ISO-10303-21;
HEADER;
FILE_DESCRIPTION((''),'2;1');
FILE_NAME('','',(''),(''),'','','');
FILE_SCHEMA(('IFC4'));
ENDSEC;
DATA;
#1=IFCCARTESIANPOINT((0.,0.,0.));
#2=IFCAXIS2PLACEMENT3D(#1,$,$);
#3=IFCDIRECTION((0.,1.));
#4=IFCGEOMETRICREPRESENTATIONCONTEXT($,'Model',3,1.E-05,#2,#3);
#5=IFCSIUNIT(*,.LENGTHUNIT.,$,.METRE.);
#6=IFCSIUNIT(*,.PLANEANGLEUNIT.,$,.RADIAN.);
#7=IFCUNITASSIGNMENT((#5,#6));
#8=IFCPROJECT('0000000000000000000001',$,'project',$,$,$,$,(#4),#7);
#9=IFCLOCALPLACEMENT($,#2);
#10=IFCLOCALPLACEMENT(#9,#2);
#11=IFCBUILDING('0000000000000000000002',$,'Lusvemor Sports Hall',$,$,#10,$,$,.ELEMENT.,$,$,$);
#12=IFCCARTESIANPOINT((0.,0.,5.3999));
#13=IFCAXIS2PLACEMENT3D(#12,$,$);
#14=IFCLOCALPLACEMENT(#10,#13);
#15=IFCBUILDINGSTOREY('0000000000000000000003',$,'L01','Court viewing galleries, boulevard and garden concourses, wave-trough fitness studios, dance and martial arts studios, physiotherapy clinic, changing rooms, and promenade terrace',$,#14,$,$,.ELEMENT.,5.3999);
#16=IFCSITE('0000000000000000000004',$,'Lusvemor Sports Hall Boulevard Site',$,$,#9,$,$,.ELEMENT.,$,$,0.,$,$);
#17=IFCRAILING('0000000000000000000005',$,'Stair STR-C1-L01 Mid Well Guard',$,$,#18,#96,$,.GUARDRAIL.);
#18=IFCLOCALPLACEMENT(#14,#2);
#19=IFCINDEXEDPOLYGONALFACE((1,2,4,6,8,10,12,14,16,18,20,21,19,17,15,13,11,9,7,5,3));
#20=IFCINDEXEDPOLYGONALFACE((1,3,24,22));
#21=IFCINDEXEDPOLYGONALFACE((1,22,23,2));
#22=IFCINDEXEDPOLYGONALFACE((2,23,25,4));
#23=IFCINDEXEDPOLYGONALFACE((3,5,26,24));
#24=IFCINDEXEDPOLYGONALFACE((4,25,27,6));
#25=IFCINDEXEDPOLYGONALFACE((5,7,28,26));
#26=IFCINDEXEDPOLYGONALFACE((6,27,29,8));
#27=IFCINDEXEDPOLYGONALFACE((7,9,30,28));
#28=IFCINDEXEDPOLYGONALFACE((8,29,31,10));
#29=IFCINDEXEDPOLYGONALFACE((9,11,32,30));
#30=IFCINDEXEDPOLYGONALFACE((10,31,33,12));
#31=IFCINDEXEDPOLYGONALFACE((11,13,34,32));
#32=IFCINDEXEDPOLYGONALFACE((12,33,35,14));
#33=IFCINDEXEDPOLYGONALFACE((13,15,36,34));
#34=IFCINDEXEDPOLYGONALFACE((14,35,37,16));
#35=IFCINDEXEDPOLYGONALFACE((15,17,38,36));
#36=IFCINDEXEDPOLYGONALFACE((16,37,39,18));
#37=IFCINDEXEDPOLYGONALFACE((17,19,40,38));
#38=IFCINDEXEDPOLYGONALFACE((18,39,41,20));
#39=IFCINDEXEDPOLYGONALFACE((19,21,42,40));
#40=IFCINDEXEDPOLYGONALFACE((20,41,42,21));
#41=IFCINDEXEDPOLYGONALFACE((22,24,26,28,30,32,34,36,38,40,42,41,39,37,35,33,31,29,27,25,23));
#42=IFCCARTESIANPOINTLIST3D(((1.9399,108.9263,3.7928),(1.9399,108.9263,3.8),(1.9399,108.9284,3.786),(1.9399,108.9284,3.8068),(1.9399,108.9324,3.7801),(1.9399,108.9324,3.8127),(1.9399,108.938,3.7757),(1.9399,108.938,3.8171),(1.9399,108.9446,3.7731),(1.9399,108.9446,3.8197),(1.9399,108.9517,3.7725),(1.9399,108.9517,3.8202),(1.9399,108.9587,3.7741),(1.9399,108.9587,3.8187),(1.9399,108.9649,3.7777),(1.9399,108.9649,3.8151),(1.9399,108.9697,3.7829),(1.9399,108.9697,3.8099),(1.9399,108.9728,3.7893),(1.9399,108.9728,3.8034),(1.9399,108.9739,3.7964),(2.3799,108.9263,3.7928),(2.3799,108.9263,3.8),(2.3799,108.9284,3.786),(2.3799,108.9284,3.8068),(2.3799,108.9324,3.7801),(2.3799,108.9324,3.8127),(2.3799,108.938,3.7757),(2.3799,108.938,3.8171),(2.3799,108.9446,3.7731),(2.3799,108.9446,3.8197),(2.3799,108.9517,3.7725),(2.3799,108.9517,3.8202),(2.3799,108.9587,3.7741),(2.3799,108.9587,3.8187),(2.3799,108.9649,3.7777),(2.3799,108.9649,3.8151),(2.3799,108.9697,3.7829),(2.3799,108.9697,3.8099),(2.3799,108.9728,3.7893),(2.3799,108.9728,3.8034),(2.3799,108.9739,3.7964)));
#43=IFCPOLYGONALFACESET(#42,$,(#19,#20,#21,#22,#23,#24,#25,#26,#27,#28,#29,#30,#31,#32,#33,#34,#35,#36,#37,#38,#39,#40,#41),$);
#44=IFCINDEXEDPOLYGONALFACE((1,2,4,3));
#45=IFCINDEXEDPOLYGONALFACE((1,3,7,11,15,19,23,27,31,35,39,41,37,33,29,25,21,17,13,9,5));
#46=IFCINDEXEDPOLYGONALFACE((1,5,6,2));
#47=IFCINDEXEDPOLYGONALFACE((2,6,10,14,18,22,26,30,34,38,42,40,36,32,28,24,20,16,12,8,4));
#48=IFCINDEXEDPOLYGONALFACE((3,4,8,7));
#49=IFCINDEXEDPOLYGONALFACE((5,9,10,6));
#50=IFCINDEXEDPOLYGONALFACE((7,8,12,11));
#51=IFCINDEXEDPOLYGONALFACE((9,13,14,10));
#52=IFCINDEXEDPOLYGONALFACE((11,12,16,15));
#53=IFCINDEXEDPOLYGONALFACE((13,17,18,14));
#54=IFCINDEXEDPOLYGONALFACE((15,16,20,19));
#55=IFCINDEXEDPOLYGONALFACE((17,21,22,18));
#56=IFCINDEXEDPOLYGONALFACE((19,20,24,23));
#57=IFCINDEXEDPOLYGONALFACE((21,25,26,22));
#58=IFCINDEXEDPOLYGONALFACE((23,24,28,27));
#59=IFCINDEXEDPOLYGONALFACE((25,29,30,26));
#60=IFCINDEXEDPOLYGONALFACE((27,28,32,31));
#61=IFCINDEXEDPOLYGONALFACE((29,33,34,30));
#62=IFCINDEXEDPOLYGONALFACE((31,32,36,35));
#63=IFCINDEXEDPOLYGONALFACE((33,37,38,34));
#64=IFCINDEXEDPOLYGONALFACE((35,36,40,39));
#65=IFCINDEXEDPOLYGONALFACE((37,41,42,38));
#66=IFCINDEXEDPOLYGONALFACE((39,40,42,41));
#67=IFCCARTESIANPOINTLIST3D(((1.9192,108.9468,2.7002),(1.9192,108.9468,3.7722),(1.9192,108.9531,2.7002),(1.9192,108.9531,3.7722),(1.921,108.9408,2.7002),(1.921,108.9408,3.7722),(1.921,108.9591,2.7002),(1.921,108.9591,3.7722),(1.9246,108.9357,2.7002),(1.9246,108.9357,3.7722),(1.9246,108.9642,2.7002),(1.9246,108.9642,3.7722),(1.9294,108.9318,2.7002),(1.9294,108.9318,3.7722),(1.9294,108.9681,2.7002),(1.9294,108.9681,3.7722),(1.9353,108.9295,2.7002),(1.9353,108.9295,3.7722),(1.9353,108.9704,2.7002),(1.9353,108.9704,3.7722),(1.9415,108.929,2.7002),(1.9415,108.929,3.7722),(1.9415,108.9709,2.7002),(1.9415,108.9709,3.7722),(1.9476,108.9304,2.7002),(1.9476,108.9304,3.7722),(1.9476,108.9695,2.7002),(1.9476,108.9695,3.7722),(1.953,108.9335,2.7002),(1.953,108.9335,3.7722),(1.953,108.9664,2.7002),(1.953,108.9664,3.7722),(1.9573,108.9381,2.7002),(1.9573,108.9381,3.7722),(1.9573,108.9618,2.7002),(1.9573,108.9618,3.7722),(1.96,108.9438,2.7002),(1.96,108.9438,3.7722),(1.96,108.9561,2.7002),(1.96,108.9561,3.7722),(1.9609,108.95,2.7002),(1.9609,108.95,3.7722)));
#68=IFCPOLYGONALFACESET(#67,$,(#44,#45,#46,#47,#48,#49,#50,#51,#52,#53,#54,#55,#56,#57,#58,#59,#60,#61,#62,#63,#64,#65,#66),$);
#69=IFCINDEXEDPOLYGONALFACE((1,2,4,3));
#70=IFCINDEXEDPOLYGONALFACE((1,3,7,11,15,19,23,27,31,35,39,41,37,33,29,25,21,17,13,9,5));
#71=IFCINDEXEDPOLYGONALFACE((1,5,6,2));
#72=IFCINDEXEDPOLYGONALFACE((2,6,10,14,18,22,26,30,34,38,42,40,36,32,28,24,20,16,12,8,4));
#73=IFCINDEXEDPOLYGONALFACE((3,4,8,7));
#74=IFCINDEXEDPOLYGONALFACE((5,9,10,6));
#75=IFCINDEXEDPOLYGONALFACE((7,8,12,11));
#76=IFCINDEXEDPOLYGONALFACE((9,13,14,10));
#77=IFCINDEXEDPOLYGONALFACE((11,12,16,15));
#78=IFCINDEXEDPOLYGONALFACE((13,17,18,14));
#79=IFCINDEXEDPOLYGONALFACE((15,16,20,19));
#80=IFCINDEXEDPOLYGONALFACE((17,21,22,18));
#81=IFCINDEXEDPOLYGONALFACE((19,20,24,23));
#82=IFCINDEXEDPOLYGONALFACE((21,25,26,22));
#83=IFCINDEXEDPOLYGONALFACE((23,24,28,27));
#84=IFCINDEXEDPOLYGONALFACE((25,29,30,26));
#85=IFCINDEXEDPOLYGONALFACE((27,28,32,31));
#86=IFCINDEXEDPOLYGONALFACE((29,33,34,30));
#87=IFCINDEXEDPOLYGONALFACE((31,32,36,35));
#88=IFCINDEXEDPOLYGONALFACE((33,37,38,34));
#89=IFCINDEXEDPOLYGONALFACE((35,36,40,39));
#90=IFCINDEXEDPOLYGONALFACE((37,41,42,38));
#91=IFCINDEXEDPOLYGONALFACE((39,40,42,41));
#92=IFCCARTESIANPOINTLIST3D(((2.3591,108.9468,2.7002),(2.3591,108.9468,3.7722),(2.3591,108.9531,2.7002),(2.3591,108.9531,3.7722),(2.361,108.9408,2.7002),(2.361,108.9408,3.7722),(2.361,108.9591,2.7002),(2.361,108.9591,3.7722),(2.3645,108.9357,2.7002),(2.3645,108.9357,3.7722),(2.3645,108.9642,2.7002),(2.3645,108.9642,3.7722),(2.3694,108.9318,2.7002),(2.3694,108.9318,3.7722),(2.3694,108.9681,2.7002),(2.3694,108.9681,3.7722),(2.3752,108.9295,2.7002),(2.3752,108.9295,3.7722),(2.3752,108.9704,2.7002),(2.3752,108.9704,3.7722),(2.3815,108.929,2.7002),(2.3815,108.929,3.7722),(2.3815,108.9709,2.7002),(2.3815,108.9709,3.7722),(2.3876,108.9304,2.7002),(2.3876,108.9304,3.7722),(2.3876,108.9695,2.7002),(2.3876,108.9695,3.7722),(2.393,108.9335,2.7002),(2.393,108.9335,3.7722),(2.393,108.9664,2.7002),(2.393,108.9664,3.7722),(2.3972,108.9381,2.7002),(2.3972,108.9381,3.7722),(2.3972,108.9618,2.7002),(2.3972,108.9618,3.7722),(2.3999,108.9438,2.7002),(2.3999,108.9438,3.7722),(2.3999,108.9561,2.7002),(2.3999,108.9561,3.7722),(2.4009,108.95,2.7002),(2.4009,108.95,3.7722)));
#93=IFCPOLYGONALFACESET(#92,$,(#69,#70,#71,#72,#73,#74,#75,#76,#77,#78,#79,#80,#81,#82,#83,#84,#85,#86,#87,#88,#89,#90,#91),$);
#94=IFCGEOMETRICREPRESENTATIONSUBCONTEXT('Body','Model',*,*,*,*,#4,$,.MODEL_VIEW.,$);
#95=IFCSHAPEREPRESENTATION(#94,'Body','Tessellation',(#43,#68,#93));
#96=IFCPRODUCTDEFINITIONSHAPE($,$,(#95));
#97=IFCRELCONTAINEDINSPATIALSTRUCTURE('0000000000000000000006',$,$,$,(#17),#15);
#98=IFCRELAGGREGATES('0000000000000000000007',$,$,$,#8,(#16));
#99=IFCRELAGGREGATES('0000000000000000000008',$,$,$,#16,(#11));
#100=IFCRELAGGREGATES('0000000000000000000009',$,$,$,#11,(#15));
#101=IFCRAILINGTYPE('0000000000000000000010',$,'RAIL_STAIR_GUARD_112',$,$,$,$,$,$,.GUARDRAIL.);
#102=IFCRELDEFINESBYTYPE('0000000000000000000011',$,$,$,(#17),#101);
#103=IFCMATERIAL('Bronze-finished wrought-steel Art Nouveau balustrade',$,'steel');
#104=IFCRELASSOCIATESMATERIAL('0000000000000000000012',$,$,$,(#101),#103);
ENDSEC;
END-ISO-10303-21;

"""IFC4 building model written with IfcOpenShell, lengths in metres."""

from ifc_helpers import new_model, si_unit, direction, frame, origin, origin_2d, place, context, subcontext, project, spatial, circle, extrude, material, type_object, element, save


model = new_model("IFC4")

# Units and contexts
model_context = context("Model", 3, precision=1e-05, world=origin(), true_north=direction((0.0, 1.0)))
body_context = subcontext(model_context, "Body", "Model", "MODEL_VIEW")
ifc_project = project(units=[si_unit("LENGTHUNIT", "METRE"), si_unit("PLANEANGLEUNIT", "RADIAN")], contexts=[model_context])

# Site, building, storey
site_placement = place(None, origin())
site = spatial("IfcSite", under=ifc_project, at=site_placement, Name="Lusvemor Sports Hall Boulevard Site", CompositionType="ELEMENT", RefElevation=0.0)
building_placement = place(site_placement, origin())
building = spatial("IfcBuilding", under=site, at=building_placement, Name="Lusvemor Sports Hall", CompositionType="ELEMENT")
storey_placement = place(building_placement, frame((0.0, 0.0, 5.3999)))
storey = spatial("IfcBuildingStorey", under=building, at=storey_placement, Name="L01", Description="Court viewing galleries, boulevard and garden concourses, wave-trough fitness studios, dance and martial arts studios, physiotherapy clinic, changing rooms, and promenade terrace", CompositionType="ELEMENT", Elevation=5.3999)

# Railing
ifc_material_1 = material(Name="Bronze-finished wrought-steel Art Nouveau balustrade", Category="steel")
railing_type_1 = type_object("IfcRailingType", Name="RAIL_STAIR_GUARD_112", PredefinedType="GUARDRAIL", material=ifc_material_1)
railing_1_placement = place(storey_placement, frame((1.9399, 108.95, 2.7002)))
element("IfcRailing", 1, at=railing_1_placement, inside=storey, type_object=railing_type_1, Name="Stair STR-C1-L01 Mid Well Guard", PredefinedType="GUARDRAIL", context=body_context, shape_type="SweptSolid", body=[
    extrude(circle(Radius=0.0239, at=origin_2d()), frame((0.0, 0.0, 1.0962), z_axis=(1.0, 0.0, 0.0), x_axis=(0.0, 1.0, 0.0)), (0.0, 0.0, 1.0), 0.4399),
    extrude(circle(Radius=0.021, at=origin_2d()), origin(), (0.0, 0.0, 1.0), 1.072),
    extrude(circle(Radius=0.021, at=origin_2d()), frame((0.4399, 0.0, 0.0)), (0.0, 0.0, 1.0), 1.072),
])

save(model, "model.ifc")
